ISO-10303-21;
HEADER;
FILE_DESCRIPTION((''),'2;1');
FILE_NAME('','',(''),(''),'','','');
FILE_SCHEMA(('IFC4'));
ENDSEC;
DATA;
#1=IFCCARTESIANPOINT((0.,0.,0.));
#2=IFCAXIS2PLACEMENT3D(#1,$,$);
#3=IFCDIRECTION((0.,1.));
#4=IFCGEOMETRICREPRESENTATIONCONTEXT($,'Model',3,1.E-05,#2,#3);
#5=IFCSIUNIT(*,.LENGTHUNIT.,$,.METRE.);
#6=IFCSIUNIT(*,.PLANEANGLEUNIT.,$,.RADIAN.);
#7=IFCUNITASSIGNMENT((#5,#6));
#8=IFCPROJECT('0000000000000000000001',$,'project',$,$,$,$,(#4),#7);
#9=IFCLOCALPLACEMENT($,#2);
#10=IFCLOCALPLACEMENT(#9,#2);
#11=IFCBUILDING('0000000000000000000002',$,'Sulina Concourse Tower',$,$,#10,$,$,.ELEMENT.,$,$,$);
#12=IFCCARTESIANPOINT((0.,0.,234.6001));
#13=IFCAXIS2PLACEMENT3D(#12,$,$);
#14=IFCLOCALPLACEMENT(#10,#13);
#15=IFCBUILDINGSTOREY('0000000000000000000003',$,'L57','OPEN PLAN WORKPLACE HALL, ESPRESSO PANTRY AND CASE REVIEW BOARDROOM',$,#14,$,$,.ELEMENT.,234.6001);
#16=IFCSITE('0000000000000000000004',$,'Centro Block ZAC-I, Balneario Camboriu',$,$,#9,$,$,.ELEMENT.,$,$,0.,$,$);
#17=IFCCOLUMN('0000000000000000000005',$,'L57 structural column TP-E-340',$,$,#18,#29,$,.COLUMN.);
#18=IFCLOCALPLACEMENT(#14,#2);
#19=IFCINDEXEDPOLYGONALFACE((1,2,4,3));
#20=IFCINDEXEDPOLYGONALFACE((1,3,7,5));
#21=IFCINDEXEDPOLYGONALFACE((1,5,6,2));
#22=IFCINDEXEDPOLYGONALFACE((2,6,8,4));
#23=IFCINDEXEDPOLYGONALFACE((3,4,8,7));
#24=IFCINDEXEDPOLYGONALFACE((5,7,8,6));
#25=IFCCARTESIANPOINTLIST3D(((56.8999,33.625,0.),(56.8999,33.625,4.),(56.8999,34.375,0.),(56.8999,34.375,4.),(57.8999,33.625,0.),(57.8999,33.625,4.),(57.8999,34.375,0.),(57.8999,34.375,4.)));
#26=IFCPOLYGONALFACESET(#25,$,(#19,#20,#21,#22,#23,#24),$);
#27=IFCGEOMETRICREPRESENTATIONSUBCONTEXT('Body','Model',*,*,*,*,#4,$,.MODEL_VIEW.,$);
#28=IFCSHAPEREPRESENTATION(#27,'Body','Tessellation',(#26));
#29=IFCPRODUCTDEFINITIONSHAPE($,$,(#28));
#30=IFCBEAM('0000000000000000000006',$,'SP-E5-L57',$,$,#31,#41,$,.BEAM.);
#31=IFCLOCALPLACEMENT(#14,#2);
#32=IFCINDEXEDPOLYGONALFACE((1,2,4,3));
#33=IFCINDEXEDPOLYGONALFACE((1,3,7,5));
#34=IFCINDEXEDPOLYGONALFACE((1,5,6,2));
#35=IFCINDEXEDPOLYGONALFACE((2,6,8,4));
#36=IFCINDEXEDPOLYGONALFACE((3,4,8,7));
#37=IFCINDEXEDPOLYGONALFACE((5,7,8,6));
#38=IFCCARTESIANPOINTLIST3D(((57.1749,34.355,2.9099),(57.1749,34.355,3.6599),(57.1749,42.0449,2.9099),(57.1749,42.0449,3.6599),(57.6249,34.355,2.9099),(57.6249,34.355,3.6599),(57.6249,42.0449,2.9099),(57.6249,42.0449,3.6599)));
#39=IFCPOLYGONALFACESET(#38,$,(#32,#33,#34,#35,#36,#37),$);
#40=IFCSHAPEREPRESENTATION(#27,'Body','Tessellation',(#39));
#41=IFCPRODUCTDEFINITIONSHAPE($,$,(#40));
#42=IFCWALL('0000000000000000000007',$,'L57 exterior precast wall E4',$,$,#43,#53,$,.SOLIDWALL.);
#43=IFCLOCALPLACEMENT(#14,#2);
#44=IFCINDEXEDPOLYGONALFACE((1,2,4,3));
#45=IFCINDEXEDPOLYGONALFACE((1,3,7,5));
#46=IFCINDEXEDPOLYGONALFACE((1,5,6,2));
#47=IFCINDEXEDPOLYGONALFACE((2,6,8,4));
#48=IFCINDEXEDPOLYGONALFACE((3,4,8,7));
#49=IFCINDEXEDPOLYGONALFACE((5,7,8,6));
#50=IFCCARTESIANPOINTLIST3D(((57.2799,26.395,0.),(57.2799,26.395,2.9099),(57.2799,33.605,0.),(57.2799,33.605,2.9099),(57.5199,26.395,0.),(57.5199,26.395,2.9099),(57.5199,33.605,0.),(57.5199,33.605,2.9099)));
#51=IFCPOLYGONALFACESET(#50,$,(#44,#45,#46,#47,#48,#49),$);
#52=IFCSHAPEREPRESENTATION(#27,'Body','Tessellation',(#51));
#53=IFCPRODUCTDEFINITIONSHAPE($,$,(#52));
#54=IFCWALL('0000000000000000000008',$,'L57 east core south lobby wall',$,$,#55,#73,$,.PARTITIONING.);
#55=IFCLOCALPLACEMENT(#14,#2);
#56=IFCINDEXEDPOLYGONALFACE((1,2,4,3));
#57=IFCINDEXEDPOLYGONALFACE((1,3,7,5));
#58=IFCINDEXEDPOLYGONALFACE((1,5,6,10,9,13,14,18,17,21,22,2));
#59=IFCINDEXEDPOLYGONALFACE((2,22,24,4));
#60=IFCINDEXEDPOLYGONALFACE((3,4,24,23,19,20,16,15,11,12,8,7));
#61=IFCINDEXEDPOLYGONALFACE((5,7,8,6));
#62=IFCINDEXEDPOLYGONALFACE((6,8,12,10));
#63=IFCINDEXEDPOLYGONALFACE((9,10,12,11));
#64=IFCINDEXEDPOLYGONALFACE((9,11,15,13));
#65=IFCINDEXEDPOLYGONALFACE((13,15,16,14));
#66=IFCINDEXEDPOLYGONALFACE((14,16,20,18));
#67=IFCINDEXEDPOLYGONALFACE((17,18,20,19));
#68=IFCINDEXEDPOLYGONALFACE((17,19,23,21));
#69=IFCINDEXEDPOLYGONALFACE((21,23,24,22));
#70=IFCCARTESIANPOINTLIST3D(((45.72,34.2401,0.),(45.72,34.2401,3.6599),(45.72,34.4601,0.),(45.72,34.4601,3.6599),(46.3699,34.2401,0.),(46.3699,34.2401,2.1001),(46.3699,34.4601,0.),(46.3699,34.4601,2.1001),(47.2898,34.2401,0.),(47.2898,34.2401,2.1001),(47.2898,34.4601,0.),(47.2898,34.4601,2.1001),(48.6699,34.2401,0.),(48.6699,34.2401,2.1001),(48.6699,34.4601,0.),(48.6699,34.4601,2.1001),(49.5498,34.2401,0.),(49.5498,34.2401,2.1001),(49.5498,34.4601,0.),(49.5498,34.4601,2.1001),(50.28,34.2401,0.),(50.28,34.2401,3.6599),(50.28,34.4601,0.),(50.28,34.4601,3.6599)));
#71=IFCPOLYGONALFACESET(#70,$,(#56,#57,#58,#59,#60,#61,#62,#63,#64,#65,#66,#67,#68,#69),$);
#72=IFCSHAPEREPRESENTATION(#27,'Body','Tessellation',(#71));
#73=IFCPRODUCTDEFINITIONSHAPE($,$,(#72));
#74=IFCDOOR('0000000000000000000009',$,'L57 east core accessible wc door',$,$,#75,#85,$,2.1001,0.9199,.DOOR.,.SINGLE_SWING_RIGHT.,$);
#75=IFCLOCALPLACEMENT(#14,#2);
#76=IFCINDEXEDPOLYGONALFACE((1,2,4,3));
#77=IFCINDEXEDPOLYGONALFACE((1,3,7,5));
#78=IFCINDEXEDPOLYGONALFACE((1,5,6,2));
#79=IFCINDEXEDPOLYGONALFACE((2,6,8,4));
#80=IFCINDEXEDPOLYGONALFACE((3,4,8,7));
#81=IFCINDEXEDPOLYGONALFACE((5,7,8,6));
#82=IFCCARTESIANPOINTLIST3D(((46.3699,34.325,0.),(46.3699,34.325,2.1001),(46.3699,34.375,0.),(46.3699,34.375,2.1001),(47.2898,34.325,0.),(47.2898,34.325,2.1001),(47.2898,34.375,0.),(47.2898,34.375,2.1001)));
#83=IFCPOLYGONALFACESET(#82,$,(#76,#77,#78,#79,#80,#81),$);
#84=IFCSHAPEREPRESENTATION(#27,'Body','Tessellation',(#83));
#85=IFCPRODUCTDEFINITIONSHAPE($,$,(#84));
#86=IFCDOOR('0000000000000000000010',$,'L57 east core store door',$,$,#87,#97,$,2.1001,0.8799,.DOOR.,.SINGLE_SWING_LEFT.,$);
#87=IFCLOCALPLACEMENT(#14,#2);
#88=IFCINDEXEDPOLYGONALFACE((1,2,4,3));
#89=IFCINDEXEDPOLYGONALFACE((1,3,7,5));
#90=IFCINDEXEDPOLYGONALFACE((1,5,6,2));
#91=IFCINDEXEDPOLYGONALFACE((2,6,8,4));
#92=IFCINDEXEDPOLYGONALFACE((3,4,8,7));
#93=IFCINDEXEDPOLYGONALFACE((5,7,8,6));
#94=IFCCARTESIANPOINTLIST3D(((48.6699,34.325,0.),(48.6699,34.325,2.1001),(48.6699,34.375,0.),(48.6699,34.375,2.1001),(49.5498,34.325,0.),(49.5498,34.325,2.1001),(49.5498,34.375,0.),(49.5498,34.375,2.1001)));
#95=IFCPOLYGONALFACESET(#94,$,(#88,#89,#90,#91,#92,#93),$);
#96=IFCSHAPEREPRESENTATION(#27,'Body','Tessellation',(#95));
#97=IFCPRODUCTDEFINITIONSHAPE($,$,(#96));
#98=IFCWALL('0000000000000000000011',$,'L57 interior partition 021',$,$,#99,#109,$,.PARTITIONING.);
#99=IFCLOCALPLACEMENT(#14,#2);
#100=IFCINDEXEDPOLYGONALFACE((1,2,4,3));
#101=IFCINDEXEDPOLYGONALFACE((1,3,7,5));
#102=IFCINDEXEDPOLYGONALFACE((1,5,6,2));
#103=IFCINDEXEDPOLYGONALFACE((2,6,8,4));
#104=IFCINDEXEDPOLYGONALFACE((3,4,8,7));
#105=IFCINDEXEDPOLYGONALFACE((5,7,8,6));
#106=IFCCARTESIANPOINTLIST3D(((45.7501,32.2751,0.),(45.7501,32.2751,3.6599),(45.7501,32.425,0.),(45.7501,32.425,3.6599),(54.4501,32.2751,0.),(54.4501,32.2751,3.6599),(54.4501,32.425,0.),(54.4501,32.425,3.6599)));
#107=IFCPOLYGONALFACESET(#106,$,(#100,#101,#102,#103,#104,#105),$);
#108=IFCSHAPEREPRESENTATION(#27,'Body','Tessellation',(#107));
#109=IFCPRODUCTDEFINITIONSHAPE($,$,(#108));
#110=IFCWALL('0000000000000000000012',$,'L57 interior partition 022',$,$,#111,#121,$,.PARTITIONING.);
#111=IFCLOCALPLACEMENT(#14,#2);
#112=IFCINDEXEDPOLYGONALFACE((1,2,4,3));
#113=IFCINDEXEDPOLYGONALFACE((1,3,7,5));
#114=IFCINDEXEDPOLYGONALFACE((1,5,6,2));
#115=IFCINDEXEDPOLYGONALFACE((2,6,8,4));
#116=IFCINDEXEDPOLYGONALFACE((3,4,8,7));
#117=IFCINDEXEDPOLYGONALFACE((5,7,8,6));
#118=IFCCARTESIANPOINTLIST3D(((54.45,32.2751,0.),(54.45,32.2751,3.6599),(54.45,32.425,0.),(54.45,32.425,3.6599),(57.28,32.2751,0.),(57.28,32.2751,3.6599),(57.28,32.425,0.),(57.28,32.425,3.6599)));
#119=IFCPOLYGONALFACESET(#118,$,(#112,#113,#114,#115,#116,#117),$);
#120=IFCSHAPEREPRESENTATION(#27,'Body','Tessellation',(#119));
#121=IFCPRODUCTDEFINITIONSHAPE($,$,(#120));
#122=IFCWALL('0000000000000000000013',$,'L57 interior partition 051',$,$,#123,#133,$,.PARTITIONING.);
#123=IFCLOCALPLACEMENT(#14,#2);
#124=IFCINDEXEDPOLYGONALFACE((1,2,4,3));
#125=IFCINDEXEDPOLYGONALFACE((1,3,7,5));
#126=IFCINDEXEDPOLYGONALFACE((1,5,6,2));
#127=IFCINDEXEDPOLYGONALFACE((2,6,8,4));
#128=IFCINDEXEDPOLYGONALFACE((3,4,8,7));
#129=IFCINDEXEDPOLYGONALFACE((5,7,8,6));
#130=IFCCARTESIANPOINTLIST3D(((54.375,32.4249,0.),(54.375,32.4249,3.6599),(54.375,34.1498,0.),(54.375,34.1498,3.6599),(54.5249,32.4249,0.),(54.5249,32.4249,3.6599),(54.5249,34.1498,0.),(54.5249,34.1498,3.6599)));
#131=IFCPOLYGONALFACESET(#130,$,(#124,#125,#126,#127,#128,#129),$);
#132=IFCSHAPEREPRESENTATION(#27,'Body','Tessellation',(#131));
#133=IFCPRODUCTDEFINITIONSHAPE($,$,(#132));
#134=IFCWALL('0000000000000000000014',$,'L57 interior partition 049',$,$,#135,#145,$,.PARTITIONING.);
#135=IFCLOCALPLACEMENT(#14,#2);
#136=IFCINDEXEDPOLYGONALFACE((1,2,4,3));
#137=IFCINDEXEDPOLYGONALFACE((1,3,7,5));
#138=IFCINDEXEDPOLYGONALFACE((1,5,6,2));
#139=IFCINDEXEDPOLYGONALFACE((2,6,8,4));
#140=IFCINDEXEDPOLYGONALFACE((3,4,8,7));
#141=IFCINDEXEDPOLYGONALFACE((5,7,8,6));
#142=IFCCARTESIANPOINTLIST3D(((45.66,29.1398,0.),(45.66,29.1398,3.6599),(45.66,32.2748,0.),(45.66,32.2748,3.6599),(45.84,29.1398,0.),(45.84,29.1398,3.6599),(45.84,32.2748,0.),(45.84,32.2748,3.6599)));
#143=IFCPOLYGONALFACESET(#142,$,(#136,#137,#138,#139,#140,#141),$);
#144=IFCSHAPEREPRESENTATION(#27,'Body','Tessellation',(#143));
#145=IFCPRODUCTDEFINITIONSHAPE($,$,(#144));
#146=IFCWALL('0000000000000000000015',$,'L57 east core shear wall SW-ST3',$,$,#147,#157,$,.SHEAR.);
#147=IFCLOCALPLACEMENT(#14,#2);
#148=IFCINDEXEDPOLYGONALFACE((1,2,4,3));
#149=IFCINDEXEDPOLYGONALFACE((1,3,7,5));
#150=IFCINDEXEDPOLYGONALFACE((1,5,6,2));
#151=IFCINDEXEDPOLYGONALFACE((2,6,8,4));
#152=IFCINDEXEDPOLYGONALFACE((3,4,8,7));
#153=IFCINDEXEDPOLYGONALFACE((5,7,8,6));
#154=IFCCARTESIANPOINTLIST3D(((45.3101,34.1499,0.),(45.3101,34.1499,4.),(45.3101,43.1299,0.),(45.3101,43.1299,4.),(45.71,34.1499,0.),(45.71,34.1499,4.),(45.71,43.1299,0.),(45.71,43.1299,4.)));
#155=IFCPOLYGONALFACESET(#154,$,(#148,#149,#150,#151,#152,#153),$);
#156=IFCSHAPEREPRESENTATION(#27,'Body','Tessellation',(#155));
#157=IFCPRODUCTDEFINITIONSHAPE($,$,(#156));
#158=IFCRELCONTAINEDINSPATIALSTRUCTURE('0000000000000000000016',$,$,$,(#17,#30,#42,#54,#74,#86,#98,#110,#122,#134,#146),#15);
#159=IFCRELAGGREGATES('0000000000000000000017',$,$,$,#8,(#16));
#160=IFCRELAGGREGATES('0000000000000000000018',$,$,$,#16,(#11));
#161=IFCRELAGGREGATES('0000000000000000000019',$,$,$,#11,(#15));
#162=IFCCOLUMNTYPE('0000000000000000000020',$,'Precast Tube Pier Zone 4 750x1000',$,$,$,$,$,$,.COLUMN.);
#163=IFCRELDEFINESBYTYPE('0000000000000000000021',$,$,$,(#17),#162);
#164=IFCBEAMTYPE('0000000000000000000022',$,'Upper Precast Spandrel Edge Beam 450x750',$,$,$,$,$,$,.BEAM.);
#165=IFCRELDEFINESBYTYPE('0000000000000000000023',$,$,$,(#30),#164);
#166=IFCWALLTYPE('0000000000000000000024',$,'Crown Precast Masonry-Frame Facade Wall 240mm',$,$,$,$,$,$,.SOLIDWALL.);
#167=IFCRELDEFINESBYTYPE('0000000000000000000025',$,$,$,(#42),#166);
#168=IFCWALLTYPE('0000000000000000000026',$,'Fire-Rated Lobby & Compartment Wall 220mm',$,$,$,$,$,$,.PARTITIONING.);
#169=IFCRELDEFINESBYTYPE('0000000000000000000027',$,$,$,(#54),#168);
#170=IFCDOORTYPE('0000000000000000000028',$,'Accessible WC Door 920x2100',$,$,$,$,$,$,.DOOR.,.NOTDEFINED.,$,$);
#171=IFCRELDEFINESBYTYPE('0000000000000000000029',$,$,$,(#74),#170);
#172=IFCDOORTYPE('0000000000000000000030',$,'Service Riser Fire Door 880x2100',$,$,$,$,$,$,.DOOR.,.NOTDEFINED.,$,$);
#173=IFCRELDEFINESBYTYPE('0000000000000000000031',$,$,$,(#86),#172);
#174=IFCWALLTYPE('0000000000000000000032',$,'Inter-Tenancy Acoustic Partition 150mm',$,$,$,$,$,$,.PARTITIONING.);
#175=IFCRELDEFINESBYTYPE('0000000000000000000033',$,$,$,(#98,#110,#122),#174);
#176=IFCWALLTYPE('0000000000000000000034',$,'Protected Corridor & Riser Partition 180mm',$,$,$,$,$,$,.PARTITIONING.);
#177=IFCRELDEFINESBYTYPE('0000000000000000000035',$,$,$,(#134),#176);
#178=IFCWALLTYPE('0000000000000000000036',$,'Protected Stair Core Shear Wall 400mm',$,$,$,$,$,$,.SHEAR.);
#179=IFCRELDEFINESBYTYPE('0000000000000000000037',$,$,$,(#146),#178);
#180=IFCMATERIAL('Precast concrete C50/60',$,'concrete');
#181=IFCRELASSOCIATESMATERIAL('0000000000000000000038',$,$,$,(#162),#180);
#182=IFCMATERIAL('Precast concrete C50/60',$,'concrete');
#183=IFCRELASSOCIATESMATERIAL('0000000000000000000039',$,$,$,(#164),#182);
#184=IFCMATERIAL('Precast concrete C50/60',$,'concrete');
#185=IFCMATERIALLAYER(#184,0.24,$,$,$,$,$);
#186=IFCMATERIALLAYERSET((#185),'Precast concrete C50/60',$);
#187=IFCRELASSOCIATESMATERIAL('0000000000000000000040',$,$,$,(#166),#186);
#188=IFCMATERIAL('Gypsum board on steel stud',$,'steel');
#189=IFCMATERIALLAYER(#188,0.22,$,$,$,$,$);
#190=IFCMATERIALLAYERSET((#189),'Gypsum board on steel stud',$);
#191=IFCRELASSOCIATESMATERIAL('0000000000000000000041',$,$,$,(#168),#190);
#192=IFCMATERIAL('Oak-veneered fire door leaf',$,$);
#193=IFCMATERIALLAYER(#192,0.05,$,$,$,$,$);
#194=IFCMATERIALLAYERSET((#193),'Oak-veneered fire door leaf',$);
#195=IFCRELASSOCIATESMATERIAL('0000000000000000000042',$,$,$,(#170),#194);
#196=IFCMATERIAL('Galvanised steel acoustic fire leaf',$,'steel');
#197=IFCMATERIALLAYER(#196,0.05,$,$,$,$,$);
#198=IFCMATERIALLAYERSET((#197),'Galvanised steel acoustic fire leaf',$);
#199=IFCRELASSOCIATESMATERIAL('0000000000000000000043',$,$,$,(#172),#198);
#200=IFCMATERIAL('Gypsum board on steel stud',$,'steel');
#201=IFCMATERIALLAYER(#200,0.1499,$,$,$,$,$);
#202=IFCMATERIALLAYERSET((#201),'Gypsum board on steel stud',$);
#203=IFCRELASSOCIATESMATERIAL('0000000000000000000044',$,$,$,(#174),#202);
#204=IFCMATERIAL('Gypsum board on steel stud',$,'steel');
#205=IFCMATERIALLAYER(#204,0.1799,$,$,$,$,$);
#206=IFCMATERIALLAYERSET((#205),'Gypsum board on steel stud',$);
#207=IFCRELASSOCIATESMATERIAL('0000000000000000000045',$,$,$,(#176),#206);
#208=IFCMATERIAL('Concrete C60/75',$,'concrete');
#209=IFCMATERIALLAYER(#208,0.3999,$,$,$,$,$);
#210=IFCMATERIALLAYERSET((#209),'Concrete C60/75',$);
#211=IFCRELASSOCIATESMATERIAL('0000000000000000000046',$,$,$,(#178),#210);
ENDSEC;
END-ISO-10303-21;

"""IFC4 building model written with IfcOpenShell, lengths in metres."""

from ifc_helpers import new_model, si_unit, direction, frame, frame_2d, origin, origin_2d, place, context, subcontext, project, spatial, rectangle, extrude, material, layer, layer_set, material_profile, profile_set, type_object, element, fill, save


model = new_model("IFC4")

# Units and contexts
model_context = context("Model", 3, precision=1e-05, world=origin(), true_north=direction((0.0, 1.0)))
body_context = subcontext(model_context, "Body", "Model", "MODEL_VIEW")
ifc_project = project(units=[si_unit("LENGTHUNIT", "METRE"), si_unit("PLANEANGLEUNIT", "RADIAN")], contexts=[model_context])

# Site, building, storey
site_placement = place(None, origin())
site = spatial("IfcSite", under=ifc_project, at=site_placement, Name="Centro Block ZAC-I, Balneario Camboriu", CompositionType="ELEMENT", RefElevation=0.0)
building_placement = place(site_placement, origin())
building = spatial("IfcBuilding", under=site, at=building_placement, Name="Sulina Concourse Tower", CompositionType="ELEMENT")
storey_placement = place(building_placement, frame((0.0, 0.0, 234.6001)))
storey = spatial("IfcBuildingStorey", under=building, at=storey_placement, Name="L57", Description="OPEN PLAN WORKPLACE HALL, ESPRESSO PANTRY AND CASE REVIEW BOARDROOM", CompositionType="ELEMENT", Elevation=234.6001)

# Column
ifc_material_1 = material(Name="Precast concrete C50/60", Category="concrete")
ifc_material_profile_1 = material_profile(ifc_material_1, rectangle(XDim=0.75, YDim=1.0, at=origin_2d()), Name="PC 750x1000")
ifc_profile_set_1 = profile_set([ifc_material_profile_1], Name="Precast concrete C50/60")
column_type = type_object("IfcColumnType", Name="Precast Tube Pier Zone 4 750x1000", PredefinedType="COLUMN", material=ifc_profile_set_1)
column_placement = place(storey_placement, frame((57.3999, 34.0, 0.0), z_axis=(0.0, 0.0, 1.0), x_axis=(0.0, 1.0, 0.0)))
element("IfcColumn", 1, at=column_placement, inside=storey, type_object=column_type, Name="L57 structural column TP-E-340", PredefinedType="COLUMN", context=body_context, shape_type="SweptSolid", body=[
    extrude(rectangle(XDim=0.75, YDim=1.0, at=origin_2d()), origin(), (0.0, 0.0, 1.0), 4.0),
])

# Beam
ifc_material_2 = material(Name="Precast concrete C50/60", Category="concrete")
ifc_material_profile_2 = material_profile(ifc_material_2, rectangle(XDim=0.45, YDim=0.75, at=origin_2d()), Name="RC 450x750")
ifc_profile_set_2 = profile_set([ifc_material_profile_2], Name="Precast concrete C50/60")
beam_type = type_object("IfcBeamType", Name="Upper Precast Spandrel Edge Beam 450x750", PredefinedType="BEAM", material=ifc_profile_set_2)
beam_placement = place(storey_placement, frame((57.3999, 34.355, 3.2849), z_axis=(0.0, 1.0, 0.0), x_axis=(-1.0, 0.0, 0.0)))
element("IfcBeam", 2, at=beam_placement, inside=storey, type_object=beam_type, Name="SP-E5-L57", PredefinedType="BEAM", context=body_context, shape_type="SweptSolid", body=[
    extrude(rectangle(XDim=0.45, YDim=0.75, at=origin_2d()), origin(), (0.0, 0.0, 1.0), 7.6899),
])

# Wall
ifc_material_3 = material(Name="Precast concrete C50/60", Category="concrete")
ifc_layer_1 = layer(ifc_material_3, 0.24)
ifc_layer_set_1 = layer_set([ifc_layer_1], Name="Precast concrete C50/60")
wall_type_1 = type_object("IfcWallType", Name="Crown Precast Masonry-Frame Facade Wall 240mm", PredefinedType="SOLIDWALL", material=ifc_layer_set_1)
wall_1_placement = place(storey_placement, frame((57.3999, 33.605, 0.0), z_axis=(0.0, 0.0, 1.0), x_axis=(0.0, -1.0, 0.0)))
element("IfcWall", 3, at=wall_1_placement, inside=storey, type_object=wall_type_1, Name="L57 exterior precast wall E4", PredefinedType="SOLIDWALL", context=body_context, shape_type="SweptSolid", body=[
    extrude(rectangle(XDim=7.21, YDim=0.24, at=frame_2d((3.605, 0.0))), origin(), (0.0, 0.0, 1.0), 2.9099),
])

# Wall, openings, doors
ifc_material_4 = material(Name="Gypsum board on steel stud", Category="steel")
ifc_layer_2 = layer(ifc_material_4, 0.22)
ifc_layer_set_2 = layer_set([ifc_layer_2], Name="Gypsum board on steel stud")
wall_type_2 = type_object("IfcWallType", Name="Fire-Rated Lobby & Compartment Wall 220mm", PredefinedType="PARTITIONING", material=ifc_layer_set_2)
wall_2_placement = place(storey_placement, frame((45.72, 34.3501, 0.0), z_axis=(0.0, 0.0, 1.0), x_axis=(1.0, 0.0, 0.0)))
wall_2 = element("IfcWall", 4, at=wall_2_placement, inside=storey, type_object=wall_type_2, Name="L57 east core south lobby wall", PredefinedType="PARTITIONING", context=body_context, shape_type="SweptSolid", body=[
    extrude(rectangle(XDim=4.5601, YDim=0.22, at=frame_2d((2.28, 0.0))), origin(), (0.0, 0.0, 1.0), 3.6599),
])
opening_1_placement = place(wall_2_placement, frame((0.6499, 0.0, 0.0)))
opening_1 = element("IfcOpeningElement", 5, at=opening_1_placement, cuts=wall_2, PredefinedType="OPENING", context=body_context, shape_type="SweptSolid", body=[
    extrude(rectangle(XDim=0.9199, YDim=2.1001, at=frame_2d((0.46, 1.05))), frame((0.0, 0.1199, 0.0), z_axis=(0.0, -1.0, 0.0), x_axis=(1.0, 0.0, 0.0)), (0.0, 0.0, 1.0), 0.24),
])
opening_2_placement = place(wall_2_placement, frame((2.95, 0.0, 0.0)))
opening_2 = element("IfcOpeningElement", 6, at=opening_2_placement, cuts=wall_2, PredefinedType="OPENING", context=body_context, shape_type="SweptSolid", body=[
    extrude(rectangle(XDim=0.8799, YDim=2.1001, at=frame_2d((0.4399, 1.05))), frame((0.0, 0.1199, 0.0), z_axis=(0.0, -1.0, 0.0), x_axis=(1.0, 0.0, 0.0)), (0.0, 0.0, 1.0), 0.24),
])
ifc_material_5 = material(Name="Oak-veneered fire door leaf")
ifc_layer_3 = layer(ifc_material_5, 0.05)
ifc_layer_set_3 = layer_set([ifc_layer_3], Name="Oak-veneered fire door leaf")
door_type_1 = type_object("IfcDoorType", Name="Accessible WC Door 920x2100", OperationType="NOTDEFINED", PredefinedType="DOOR", material=ifc_layer_set_3)
door_1_placement = place(opening_1_placement, origin())
door_1 = element("IfcDoor", 7, at=door_1_placement, inside=storey, type_object=door_type_1, Name="L57 east core accessible wc door", OperationType="SINGLE_SWING_RIGHT", OverallHeight=2.1001, OverallWidth=0.9199, PredefinedType="DOOR", context=body_context, shape_type="SweptSolid", body=[
    extrude(rectangle(XDim=0.9199, YDim=2.1001, at=frame_2d((0.46, 1.05))), frame((0.0, 0.0249, 0.0), z_axis=(0.0, -1.0, 0.0), x_axis=(1.0, 0.0, 0.0)), (0.0, 0.0, 1.0), 0.05),
])
fill(opening_1, door_1)
ifc_material_6 = material(Name="Galvanised steel acoustic fire leaf", Category="steel")
ifc_layer_4 = layer(ifc_material_6, 0.05)
ifc_layer_set_4 = layer_set([ifc_layer_4], Name="Galvanised steel acoustic fire leaf")
door_type_2 = type_object("IfcDoorType", Name="Service Riser Fire Door 880x2100", OperationType="NOTDEFINED", PredefinedType="DOOR", material=ifc_layer_set_4)
door_2_placement = place(opening_2_placement, origin())
door_2 = element("IfcDoor", 8, at=door_2_placement, inside=storey, type_object=door_type_2, Name="L57 east core store door", OperationType="SINGLE_SWING_LEFT", OverallHeight=2.1001, OverallWidth=0.8799, PredefinedType="DOOR", context=body_context, shape_type="SweptSolid", body=[
    extrude(rectangle(XDim=0.8799, YDim=2.1001, at=frame_2d((0.4399, 1.05))), frame((0.0, 0.0249, 0.0), z_axis=(0.0, -1.0, 0.0), x_axis=(1.0, 0.0, 0.0)), (0.0, 0.0, 1.0), 0.05),
])
fill(opening_2, door_2)

# Walls
ifc_material_7 = material(Name="Gypsum board on steel stud", Category="steel")
ifc_layer_5 = layer(ifc_material_7, 0.1499)
ifc_layer_set_5 = layer_set([ifc_layer_5], Name="Gypsum board on steel stud")
wall_type_3 = type_object("IfcWallType", Name="Inter-Tenancy Acoustic Partition 150mm", PredefinedType="PARTITIONING", material=ifc_layer_set_5)
wall_3_placement = place(storey_placement, frame((45.75, 32.3501, 0.0), z_axis=(0.0, 0.0, 1.0), x_axis=(1.0, 0.0, 0.0)))
element("IfcWall", 9, at=wall_3_placement, inside=storey, type_object=wall_type_3, Name="L57 interior partition 021", PredefinedType="PARTITIONING", context=body_context, shape_type="SweptSolid", body=[
    extrude(rectangle(XDim=8.7, YDim=0.1499, at=frame_2d((4.3501, 0.0))), origin(), (0.0, 0.0, 1.0), 3.6599),
])
wall_4_placement = place(storey_placement, frame((54.45, 32.3501, 0.0), z_axis=(0.0, 0.0, 1.0), x_axis=(1.0, 0.0, 0.0)))
element("IfcWall", 10, at=wall_4_placement, inside=storey, type_object=wall_type_3, Name="L57 interior partition 022", PredefinedType="PARTITIONING", context=body_context, shape_type="SweptSolid", body=[
    extrude(rectangle(XDim=2.8301, YDim=0.1499, at=frame_2d((1.415, 0.0))), origin(), (0.0, 0.0, 1.0), 3.6599),
])
wall_5_placement = place(storey_placement, frame((54.45, 32.425, 0.0), z_axis=(0.0, 0.0, 1.0), x_axis=(0.0, 1.0, 0.0)))
element("IfcWall", 11, at=wall_5_placement, inside=storey, type_object=wall_type_3, Name="L57 interior partition 051", PredefinedType="PARTITIONING", context=body_context, shape_type="SweptSolid", body=[
    extrude(rectangle(XDim=1.7249, YDim=0.1499, at=frame_2d((0.8623, 0.0))), origin(), (0.0, 0.0, 1.0), 3.6599),
])
ifc_material_8 = material(Name="Gypsum board on steel stud", Category="steel")
ifc_layer_6 = layer(ifc_material_8, 0.1799)
ifc_layer_set_6 = layer_set([ifc_layer_6], Name="Gypsum board on steel stud")
wall_type_4 = type_object("IfcWallType", Name="Protected Corridor & Riser Partition 180mm", PredefinedType="PARTITIONING", material=ifc_layer_set_6)
wall_6_placement = place(storey_placement, frame((45.75, 29.1399, 0.0), z_axis=(0.0, 0.0, 1.0), x_axis=(0.0, 1.0, 0.0)))
element("IfcWall", 12, at=wall_6_placement, inside=storey, type_object=wall_type_4, Name="L57 interior partition 049", PredefinedType="PARTITIONING", context=body_context, shape_type="SweptSolid", body=[
    extrude(rectangle(XDim=3.135, YDim=0.1799, at=frame_2d((1.5674, 0.0))), origin(), (0.0, 0.0, 1.0), 3.6599),
])
ifc_material_9 = material(Name="Concrete C60/75", Category="concrete")
ifc_layer_7 = layer(ifc_material_9, 0.3999)
ifc_layer_set_7 = layer_set([ifc_layer_7], Name="Concrete C60/75")
wall_type_5 = type_object("IfcWallType", Name="Protected Stair Core Shear Wall 400mm", PredefinedType="SHEAR", material=ifc_layer_set_7)
wall_7_placement = place(storey_placement, frame((45.51, 34.1499, 0.0), z_axis=(0.0, 0.0, 1.0), x_axis=(0.0, 1.0, 0.0)))
element("IfcWall", 13, at=wall_7_placement, inside=storey, type_object=wall_type_5, Name="L57 east core shear wall SW-ST3", PredefinedType="SHEAR", context=body_context, shape_type="SweptSolid", body=[
    extrude(rectangle(XDim=8.98, YDim=0.3999, at=frame_2d((4.49, 0.0))), origin(), (0.0, 0.0, 1.0), 4.0),
])

save(model, "model.ifc")
